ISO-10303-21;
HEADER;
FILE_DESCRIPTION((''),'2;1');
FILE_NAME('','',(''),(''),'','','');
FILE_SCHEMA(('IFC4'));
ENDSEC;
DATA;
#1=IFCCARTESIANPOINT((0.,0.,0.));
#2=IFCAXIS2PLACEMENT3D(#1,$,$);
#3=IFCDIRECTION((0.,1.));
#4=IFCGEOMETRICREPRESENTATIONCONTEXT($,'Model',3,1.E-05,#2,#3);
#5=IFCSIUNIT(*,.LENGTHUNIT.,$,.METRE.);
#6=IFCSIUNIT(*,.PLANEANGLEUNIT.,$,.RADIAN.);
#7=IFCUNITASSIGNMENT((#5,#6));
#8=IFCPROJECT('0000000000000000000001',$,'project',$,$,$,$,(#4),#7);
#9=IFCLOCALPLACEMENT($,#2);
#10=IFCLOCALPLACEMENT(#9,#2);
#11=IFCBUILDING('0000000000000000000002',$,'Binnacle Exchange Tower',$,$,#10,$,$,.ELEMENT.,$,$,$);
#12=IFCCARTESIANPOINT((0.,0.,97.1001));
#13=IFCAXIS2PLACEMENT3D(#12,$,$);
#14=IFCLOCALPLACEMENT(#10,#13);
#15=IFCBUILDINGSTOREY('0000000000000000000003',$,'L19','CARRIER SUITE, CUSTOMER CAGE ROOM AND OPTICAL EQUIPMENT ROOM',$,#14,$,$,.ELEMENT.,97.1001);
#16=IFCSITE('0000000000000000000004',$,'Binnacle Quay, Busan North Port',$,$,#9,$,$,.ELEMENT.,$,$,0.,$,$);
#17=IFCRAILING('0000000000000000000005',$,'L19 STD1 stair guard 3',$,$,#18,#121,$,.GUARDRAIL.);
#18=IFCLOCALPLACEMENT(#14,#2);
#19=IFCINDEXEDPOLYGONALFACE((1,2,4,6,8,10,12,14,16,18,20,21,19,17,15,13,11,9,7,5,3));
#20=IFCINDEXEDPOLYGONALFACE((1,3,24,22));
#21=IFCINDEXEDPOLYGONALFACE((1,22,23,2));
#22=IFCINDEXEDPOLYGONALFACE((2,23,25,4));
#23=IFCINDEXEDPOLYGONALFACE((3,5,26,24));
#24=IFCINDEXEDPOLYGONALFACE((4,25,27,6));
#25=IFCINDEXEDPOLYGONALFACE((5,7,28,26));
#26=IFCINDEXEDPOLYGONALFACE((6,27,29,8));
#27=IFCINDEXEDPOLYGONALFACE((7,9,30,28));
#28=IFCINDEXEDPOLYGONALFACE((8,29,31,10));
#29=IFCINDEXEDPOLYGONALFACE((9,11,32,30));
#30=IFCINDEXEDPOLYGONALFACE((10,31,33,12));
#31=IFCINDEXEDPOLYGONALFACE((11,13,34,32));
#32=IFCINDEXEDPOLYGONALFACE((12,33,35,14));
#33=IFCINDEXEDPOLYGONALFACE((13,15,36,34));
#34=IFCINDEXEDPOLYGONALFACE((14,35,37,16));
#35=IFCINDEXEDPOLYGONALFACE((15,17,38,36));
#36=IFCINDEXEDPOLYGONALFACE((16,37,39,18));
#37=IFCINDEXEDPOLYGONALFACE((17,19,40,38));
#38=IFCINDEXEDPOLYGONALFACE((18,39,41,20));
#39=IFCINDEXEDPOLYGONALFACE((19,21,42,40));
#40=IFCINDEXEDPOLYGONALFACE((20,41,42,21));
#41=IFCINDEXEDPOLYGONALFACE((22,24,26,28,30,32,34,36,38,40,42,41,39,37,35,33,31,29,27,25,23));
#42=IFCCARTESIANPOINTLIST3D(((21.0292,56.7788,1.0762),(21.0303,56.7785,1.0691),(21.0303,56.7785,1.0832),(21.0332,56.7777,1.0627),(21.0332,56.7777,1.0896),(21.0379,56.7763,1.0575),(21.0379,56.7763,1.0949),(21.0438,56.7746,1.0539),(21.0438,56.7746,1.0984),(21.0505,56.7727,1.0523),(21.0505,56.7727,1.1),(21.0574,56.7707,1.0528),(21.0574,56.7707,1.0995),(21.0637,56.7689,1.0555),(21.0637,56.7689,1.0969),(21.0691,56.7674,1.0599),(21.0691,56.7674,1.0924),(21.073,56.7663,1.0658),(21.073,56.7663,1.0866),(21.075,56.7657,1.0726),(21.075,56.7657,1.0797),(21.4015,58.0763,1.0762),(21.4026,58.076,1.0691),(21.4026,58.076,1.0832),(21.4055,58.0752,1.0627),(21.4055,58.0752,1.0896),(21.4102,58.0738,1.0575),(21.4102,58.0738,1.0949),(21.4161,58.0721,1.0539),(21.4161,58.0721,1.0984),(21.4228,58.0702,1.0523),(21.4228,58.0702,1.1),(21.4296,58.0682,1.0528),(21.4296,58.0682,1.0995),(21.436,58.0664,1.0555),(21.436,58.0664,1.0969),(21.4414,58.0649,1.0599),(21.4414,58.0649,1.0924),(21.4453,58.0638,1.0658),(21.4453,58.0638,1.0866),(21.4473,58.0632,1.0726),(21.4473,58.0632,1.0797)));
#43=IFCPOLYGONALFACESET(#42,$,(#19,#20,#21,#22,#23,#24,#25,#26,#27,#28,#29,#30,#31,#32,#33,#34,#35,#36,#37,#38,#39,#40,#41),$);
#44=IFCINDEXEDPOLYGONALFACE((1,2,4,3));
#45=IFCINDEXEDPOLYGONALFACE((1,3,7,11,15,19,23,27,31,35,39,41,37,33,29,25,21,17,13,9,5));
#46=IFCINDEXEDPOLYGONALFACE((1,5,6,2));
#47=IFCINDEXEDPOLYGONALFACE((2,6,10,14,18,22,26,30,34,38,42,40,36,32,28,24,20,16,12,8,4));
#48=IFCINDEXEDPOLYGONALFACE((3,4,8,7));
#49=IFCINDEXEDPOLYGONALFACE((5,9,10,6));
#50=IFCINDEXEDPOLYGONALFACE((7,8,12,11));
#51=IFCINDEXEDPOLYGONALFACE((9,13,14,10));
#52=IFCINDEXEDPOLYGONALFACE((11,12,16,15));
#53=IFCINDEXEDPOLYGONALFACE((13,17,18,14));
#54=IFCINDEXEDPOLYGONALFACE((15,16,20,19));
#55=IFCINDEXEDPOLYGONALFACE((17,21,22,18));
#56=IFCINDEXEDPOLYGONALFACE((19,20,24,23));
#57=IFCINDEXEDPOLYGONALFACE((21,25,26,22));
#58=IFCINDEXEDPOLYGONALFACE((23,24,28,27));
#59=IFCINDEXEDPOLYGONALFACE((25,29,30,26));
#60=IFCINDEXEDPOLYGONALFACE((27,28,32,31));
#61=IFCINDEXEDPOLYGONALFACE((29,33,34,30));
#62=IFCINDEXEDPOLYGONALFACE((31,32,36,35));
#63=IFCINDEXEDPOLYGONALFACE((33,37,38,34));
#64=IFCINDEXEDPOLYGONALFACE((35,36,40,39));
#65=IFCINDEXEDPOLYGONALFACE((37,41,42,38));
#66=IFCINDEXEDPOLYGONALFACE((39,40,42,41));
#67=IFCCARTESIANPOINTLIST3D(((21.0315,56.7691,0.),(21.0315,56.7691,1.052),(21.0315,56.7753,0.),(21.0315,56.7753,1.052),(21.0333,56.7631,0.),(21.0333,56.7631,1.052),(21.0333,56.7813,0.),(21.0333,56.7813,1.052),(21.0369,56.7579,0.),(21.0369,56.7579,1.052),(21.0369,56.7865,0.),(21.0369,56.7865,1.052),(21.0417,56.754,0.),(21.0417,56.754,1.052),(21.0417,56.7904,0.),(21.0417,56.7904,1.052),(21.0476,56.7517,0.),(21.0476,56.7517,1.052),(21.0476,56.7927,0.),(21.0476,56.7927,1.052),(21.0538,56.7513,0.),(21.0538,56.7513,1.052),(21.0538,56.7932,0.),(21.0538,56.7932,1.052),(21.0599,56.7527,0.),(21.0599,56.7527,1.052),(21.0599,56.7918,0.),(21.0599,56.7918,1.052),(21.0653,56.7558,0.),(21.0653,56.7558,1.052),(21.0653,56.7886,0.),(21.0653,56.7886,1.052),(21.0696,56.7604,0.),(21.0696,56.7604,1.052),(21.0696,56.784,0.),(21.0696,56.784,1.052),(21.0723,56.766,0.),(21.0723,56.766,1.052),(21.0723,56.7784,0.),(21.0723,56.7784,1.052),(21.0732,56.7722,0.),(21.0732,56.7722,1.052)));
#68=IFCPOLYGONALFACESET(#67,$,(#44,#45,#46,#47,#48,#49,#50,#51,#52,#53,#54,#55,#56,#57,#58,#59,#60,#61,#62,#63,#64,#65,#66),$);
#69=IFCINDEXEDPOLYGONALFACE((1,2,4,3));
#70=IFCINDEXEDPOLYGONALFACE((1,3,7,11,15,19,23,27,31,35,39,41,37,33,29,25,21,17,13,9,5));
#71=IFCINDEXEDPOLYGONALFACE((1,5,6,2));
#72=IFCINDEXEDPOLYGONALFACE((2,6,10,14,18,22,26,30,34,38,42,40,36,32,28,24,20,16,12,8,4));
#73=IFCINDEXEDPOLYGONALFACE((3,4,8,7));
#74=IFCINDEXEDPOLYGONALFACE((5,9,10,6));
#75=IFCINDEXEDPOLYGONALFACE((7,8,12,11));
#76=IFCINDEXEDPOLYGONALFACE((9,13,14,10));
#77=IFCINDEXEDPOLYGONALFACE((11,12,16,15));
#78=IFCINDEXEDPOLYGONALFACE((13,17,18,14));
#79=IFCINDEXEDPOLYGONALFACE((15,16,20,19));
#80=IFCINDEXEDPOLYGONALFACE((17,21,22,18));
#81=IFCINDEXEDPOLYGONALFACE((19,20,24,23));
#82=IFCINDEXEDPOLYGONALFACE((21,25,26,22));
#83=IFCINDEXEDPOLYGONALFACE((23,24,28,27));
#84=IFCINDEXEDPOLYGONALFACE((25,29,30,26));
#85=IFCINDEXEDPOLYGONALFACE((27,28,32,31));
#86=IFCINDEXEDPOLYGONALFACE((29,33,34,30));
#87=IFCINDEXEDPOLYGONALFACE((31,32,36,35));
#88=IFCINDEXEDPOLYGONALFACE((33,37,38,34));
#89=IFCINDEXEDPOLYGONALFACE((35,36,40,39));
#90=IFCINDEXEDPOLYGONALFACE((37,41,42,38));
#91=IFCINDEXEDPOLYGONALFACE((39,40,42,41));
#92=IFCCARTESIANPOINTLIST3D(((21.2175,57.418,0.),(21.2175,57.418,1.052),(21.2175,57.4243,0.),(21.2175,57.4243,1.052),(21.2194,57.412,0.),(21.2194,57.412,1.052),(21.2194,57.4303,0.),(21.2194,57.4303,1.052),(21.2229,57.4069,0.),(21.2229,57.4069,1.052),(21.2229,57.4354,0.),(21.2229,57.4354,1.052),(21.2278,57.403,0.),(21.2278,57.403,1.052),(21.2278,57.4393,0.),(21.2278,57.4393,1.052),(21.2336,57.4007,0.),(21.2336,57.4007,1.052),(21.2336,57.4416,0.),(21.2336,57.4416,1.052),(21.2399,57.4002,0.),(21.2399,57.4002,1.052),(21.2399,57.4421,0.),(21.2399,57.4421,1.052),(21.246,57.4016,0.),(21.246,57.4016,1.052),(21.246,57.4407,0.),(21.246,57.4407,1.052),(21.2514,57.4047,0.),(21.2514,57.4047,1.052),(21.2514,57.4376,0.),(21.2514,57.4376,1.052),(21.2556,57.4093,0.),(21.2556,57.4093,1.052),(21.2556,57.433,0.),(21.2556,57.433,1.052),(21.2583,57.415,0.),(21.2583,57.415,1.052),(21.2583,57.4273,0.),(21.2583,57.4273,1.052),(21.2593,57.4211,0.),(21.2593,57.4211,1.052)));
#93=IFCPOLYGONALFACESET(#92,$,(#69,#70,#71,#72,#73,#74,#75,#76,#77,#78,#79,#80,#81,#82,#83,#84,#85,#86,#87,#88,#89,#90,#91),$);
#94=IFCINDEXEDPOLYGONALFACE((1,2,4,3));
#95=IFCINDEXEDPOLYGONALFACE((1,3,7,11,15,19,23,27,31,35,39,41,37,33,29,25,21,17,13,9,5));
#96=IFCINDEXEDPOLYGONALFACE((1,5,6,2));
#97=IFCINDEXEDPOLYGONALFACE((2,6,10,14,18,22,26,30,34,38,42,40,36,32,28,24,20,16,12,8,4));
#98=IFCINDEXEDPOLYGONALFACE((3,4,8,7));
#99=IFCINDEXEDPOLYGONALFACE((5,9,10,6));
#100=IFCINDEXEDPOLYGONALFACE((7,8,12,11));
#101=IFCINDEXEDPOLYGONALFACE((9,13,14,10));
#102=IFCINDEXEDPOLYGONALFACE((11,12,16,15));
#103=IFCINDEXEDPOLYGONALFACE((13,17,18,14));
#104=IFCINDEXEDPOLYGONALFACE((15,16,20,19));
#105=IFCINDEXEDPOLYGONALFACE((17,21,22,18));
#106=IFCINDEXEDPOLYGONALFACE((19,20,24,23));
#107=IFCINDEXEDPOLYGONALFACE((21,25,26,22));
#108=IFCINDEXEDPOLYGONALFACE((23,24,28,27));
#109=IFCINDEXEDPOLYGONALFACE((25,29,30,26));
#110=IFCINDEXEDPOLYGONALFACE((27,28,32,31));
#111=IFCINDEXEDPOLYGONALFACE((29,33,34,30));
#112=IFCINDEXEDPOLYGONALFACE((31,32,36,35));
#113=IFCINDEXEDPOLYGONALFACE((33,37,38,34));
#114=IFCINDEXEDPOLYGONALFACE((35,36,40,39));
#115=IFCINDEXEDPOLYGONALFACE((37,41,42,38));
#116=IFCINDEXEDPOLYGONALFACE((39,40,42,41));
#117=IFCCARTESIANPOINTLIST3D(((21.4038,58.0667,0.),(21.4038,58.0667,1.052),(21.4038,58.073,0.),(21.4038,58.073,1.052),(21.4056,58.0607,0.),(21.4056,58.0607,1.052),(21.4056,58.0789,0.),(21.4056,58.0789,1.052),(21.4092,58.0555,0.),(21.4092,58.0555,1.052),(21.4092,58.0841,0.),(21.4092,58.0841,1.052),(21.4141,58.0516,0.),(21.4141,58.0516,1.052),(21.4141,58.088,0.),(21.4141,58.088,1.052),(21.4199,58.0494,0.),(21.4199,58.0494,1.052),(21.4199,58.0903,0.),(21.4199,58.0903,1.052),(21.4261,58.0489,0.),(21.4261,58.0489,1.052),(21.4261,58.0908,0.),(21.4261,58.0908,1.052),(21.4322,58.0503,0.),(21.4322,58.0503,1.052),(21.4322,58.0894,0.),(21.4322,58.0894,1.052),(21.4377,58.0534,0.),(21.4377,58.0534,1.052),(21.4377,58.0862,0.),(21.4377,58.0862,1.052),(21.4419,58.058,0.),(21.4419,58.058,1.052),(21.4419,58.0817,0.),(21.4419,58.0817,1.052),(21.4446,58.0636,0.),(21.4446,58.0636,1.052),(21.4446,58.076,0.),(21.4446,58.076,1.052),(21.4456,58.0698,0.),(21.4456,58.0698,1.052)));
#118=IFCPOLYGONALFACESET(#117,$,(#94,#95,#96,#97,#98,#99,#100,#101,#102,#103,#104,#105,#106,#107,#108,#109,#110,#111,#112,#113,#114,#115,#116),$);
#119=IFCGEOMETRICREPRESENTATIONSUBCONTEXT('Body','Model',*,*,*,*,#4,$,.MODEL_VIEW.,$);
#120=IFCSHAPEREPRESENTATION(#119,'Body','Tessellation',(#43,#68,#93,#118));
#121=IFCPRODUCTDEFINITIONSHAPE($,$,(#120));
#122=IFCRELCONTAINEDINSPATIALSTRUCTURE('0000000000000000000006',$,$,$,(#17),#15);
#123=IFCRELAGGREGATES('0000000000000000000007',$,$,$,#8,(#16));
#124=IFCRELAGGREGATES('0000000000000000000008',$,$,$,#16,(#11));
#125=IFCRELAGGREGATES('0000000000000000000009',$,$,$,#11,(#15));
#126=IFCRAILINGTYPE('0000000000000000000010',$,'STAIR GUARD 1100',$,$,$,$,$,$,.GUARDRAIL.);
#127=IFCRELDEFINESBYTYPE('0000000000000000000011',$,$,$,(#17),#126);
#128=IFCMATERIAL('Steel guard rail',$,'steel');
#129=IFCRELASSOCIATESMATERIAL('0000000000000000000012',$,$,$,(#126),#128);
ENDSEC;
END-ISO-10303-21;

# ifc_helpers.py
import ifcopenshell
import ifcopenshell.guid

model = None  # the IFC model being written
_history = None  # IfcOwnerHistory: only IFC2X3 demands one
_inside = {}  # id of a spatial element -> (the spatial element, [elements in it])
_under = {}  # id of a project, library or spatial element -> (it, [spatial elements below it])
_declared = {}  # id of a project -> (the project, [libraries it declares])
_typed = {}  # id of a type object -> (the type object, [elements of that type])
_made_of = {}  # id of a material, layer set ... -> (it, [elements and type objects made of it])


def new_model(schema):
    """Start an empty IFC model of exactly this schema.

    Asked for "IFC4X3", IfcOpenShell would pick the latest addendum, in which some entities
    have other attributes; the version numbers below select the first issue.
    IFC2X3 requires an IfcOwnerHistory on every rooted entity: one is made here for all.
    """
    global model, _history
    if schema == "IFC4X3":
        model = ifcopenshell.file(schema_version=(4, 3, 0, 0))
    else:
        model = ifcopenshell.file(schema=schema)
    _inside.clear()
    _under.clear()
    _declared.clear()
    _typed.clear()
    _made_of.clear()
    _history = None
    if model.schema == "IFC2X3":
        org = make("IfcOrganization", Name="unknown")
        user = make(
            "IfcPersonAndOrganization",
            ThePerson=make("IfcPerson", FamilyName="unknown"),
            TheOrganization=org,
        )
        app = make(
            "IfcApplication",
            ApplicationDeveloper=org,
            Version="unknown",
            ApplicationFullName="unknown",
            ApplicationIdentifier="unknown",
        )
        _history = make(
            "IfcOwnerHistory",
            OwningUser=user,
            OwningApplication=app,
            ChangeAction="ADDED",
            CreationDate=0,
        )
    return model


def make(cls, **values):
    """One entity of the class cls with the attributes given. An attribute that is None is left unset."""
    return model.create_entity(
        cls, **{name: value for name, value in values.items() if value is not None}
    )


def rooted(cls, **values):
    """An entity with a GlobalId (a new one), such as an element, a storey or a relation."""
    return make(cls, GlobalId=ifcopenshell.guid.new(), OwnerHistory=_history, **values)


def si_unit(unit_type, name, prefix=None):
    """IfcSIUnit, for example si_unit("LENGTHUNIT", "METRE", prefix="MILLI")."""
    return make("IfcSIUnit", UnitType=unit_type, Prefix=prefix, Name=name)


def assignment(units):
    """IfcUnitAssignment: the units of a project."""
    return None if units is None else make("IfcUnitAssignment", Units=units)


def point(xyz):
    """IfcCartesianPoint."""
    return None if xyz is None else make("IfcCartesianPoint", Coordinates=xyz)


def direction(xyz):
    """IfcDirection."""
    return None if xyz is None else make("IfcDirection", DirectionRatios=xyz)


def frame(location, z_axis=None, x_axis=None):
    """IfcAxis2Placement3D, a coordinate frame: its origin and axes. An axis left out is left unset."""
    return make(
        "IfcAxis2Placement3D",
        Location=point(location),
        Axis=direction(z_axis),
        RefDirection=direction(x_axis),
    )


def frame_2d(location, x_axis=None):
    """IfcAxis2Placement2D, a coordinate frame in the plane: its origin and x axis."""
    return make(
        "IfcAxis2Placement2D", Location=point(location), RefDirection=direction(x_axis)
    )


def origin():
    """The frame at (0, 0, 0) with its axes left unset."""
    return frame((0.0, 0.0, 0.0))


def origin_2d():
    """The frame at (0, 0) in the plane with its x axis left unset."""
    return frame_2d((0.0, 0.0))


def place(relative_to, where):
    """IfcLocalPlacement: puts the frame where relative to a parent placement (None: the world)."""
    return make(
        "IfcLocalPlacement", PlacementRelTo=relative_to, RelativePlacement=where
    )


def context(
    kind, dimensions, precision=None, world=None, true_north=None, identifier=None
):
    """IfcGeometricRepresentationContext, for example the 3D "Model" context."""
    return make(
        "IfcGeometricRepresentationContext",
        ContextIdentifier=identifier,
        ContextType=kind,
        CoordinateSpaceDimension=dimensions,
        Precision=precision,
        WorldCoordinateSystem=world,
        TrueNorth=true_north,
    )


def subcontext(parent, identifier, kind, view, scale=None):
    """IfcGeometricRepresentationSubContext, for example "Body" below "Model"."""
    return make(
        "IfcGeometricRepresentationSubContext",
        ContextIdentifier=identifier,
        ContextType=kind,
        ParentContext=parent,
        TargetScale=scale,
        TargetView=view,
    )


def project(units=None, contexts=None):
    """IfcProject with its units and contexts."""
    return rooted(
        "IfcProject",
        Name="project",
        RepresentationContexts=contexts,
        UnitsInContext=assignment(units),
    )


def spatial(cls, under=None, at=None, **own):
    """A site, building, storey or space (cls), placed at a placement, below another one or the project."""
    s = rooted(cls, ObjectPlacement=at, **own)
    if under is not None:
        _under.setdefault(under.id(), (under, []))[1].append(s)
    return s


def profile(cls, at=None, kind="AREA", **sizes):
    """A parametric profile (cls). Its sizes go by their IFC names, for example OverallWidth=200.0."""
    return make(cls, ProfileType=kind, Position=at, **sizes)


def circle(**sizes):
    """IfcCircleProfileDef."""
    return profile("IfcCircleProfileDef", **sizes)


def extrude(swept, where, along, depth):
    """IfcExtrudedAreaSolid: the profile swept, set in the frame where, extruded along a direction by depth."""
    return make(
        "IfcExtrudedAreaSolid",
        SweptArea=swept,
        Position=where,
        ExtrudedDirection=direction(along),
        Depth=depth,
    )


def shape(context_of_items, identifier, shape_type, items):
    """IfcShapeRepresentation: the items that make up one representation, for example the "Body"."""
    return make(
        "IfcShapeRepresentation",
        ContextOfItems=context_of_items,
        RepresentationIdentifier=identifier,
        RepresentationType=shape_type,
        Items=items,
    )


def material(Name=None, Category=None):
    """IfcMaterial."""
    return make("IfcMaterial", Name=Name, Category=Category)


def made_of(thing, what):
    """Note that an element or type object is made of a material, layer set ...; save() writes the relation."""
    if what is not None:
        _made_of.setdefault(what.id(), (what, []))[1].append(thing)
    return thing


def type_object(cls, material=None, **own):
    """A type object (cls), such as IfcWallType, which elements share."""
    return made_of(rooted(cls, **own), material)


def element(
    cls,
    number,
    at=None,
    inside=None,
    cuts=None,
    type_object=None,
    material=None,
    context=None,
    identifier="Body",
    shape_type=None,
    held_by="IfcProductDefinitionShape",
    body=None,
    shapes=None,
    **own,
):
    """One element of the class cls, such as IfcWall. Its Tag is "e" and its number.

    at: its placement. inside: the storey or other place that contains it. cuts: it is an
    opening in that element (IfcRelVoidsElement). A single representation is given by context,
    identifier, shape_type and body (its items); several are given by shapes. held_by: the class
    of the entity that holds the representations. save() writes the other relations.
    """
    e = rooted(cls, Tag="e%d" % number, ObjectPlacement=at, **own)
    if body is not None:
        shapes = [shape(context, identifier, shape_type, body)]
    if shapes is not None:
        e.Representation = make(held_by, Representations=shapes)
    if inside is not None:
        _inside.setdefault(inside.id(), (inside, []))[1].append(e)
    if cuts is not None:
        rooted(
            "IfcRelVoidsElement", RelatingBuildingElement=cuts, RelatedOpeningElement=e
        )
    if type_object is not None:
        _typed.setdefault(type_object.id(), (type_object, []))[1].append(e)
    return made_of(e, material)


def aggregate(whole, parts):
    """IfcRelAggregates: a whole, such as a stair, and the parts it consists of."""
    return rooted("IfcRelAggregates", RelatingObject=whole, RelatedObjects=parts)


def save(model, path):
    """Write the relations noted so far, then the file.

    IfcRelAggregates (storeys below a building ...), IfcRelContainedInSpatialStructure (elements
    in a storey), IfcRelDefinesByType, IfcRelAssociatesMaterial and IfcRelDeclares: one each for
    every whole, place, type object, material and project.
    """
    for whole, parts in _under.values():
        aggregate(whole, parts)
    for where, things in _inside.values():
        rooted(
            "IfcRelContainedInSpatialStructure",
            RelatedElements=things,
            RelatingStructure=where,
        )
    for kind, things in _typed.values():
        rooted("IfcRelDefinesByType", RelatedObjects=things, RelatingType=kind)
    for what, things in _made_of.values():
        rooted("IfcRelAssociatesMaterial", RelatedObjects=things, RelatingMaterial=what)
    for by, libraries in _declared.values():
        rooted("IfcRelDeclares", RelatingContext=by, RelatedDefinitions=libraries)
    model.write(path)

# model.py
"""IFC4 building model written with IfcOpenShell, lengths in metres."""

from ifc_helpers import new_model, si_unit, direction, frame, origin, origin_2d, place, context, subcontext, project, spatial, circle, extrude, material, type_object, element, save


model = new_model("IFC4")

# Units and contexts
model_context = context("Model", 3, precision=1e-05, world=origin(), true_north=direction((0.0, 1.0)))
body_context = subcontext(model_context, "Body", "Model", "MODEL_VIEW")
ifc_project = project(units=[si_unit("LENGTHUNIT", "METRE"), si_unit("PLANEANGLEUNIT", "RADIAN")], contexts=[model_context])

# Site, building, storey
site_placement = place(None, origin())
site = spatial("IfcSite", under=ifc_project, at=site_placement, Name="Binnacle Quay, Busan North Port", CompositionType="ELEMENT", RefElevation=0.0)
building_placement = place(site_placement, origin())
building = spatial("IfcBuilding", under=site, at=building_placement, Name="Binnacle Exchange Tower", CompositionType="ELEMENT")
storey_placement = place(building_placement, frame((0.0, 0.0, 97.1001)))
storey = spatial("IfcBuildingStorey", under=building, at=storey_placement, Name="L19", Description="CARRIER SUITE, CUSTOMER CAGE ROOM AND OPTICAL EQUIPMENT ROOM", CompositionType="ELEMENT", Elevation=97.1001)

# Railing
ifc_material_1 = material(Name="Steel guard rail", Category="steel")
railing_type_1 = type_object("IfcRailingType", Name="STAIR GUARD 1100", PredefinedType="GUARDRAIL", material=ifc_material_1)
railing_1_placement = place(storey_placement, frame((21.0522, 56.7722, 0.0)))
element("IfcRailing", 1, at=railing_1_placement, inside=storey, type_object=railing_type_1, Name="L19 STD1 stair guard 3", PredefinedType="GUARDRAIL", context=body_context, shape_type="SweptSolid", body=[
    extrude(circle(Radius=0.0239, at=origin_2d()), frame((0.0, 0.0, 1.0762), z_axis=(0.275796, 0.961216, 0.0), x_axis=(-0.961216, 0.275796, 0.0)), (0.0, 0.0, 1.0), 1.3499),
    extrude(circle(Radius=0.021, at=origin_2d()), origin(), (0.0, 0.0, 1.0), 1.052),
    extrude(circle(Radius=0.021, at=origin_2d()), frame((0.186, 0.6489, 0.0)), (0.0, 0.0, 1.0), 1.052),
    extrude(circle(Radius=0.021, at=origin_2d()), frame((0.3723, 1.2976, 0.0)), (0.0, 0.0, 1.0), 1.052),
])

save(model, "model.ifc")
